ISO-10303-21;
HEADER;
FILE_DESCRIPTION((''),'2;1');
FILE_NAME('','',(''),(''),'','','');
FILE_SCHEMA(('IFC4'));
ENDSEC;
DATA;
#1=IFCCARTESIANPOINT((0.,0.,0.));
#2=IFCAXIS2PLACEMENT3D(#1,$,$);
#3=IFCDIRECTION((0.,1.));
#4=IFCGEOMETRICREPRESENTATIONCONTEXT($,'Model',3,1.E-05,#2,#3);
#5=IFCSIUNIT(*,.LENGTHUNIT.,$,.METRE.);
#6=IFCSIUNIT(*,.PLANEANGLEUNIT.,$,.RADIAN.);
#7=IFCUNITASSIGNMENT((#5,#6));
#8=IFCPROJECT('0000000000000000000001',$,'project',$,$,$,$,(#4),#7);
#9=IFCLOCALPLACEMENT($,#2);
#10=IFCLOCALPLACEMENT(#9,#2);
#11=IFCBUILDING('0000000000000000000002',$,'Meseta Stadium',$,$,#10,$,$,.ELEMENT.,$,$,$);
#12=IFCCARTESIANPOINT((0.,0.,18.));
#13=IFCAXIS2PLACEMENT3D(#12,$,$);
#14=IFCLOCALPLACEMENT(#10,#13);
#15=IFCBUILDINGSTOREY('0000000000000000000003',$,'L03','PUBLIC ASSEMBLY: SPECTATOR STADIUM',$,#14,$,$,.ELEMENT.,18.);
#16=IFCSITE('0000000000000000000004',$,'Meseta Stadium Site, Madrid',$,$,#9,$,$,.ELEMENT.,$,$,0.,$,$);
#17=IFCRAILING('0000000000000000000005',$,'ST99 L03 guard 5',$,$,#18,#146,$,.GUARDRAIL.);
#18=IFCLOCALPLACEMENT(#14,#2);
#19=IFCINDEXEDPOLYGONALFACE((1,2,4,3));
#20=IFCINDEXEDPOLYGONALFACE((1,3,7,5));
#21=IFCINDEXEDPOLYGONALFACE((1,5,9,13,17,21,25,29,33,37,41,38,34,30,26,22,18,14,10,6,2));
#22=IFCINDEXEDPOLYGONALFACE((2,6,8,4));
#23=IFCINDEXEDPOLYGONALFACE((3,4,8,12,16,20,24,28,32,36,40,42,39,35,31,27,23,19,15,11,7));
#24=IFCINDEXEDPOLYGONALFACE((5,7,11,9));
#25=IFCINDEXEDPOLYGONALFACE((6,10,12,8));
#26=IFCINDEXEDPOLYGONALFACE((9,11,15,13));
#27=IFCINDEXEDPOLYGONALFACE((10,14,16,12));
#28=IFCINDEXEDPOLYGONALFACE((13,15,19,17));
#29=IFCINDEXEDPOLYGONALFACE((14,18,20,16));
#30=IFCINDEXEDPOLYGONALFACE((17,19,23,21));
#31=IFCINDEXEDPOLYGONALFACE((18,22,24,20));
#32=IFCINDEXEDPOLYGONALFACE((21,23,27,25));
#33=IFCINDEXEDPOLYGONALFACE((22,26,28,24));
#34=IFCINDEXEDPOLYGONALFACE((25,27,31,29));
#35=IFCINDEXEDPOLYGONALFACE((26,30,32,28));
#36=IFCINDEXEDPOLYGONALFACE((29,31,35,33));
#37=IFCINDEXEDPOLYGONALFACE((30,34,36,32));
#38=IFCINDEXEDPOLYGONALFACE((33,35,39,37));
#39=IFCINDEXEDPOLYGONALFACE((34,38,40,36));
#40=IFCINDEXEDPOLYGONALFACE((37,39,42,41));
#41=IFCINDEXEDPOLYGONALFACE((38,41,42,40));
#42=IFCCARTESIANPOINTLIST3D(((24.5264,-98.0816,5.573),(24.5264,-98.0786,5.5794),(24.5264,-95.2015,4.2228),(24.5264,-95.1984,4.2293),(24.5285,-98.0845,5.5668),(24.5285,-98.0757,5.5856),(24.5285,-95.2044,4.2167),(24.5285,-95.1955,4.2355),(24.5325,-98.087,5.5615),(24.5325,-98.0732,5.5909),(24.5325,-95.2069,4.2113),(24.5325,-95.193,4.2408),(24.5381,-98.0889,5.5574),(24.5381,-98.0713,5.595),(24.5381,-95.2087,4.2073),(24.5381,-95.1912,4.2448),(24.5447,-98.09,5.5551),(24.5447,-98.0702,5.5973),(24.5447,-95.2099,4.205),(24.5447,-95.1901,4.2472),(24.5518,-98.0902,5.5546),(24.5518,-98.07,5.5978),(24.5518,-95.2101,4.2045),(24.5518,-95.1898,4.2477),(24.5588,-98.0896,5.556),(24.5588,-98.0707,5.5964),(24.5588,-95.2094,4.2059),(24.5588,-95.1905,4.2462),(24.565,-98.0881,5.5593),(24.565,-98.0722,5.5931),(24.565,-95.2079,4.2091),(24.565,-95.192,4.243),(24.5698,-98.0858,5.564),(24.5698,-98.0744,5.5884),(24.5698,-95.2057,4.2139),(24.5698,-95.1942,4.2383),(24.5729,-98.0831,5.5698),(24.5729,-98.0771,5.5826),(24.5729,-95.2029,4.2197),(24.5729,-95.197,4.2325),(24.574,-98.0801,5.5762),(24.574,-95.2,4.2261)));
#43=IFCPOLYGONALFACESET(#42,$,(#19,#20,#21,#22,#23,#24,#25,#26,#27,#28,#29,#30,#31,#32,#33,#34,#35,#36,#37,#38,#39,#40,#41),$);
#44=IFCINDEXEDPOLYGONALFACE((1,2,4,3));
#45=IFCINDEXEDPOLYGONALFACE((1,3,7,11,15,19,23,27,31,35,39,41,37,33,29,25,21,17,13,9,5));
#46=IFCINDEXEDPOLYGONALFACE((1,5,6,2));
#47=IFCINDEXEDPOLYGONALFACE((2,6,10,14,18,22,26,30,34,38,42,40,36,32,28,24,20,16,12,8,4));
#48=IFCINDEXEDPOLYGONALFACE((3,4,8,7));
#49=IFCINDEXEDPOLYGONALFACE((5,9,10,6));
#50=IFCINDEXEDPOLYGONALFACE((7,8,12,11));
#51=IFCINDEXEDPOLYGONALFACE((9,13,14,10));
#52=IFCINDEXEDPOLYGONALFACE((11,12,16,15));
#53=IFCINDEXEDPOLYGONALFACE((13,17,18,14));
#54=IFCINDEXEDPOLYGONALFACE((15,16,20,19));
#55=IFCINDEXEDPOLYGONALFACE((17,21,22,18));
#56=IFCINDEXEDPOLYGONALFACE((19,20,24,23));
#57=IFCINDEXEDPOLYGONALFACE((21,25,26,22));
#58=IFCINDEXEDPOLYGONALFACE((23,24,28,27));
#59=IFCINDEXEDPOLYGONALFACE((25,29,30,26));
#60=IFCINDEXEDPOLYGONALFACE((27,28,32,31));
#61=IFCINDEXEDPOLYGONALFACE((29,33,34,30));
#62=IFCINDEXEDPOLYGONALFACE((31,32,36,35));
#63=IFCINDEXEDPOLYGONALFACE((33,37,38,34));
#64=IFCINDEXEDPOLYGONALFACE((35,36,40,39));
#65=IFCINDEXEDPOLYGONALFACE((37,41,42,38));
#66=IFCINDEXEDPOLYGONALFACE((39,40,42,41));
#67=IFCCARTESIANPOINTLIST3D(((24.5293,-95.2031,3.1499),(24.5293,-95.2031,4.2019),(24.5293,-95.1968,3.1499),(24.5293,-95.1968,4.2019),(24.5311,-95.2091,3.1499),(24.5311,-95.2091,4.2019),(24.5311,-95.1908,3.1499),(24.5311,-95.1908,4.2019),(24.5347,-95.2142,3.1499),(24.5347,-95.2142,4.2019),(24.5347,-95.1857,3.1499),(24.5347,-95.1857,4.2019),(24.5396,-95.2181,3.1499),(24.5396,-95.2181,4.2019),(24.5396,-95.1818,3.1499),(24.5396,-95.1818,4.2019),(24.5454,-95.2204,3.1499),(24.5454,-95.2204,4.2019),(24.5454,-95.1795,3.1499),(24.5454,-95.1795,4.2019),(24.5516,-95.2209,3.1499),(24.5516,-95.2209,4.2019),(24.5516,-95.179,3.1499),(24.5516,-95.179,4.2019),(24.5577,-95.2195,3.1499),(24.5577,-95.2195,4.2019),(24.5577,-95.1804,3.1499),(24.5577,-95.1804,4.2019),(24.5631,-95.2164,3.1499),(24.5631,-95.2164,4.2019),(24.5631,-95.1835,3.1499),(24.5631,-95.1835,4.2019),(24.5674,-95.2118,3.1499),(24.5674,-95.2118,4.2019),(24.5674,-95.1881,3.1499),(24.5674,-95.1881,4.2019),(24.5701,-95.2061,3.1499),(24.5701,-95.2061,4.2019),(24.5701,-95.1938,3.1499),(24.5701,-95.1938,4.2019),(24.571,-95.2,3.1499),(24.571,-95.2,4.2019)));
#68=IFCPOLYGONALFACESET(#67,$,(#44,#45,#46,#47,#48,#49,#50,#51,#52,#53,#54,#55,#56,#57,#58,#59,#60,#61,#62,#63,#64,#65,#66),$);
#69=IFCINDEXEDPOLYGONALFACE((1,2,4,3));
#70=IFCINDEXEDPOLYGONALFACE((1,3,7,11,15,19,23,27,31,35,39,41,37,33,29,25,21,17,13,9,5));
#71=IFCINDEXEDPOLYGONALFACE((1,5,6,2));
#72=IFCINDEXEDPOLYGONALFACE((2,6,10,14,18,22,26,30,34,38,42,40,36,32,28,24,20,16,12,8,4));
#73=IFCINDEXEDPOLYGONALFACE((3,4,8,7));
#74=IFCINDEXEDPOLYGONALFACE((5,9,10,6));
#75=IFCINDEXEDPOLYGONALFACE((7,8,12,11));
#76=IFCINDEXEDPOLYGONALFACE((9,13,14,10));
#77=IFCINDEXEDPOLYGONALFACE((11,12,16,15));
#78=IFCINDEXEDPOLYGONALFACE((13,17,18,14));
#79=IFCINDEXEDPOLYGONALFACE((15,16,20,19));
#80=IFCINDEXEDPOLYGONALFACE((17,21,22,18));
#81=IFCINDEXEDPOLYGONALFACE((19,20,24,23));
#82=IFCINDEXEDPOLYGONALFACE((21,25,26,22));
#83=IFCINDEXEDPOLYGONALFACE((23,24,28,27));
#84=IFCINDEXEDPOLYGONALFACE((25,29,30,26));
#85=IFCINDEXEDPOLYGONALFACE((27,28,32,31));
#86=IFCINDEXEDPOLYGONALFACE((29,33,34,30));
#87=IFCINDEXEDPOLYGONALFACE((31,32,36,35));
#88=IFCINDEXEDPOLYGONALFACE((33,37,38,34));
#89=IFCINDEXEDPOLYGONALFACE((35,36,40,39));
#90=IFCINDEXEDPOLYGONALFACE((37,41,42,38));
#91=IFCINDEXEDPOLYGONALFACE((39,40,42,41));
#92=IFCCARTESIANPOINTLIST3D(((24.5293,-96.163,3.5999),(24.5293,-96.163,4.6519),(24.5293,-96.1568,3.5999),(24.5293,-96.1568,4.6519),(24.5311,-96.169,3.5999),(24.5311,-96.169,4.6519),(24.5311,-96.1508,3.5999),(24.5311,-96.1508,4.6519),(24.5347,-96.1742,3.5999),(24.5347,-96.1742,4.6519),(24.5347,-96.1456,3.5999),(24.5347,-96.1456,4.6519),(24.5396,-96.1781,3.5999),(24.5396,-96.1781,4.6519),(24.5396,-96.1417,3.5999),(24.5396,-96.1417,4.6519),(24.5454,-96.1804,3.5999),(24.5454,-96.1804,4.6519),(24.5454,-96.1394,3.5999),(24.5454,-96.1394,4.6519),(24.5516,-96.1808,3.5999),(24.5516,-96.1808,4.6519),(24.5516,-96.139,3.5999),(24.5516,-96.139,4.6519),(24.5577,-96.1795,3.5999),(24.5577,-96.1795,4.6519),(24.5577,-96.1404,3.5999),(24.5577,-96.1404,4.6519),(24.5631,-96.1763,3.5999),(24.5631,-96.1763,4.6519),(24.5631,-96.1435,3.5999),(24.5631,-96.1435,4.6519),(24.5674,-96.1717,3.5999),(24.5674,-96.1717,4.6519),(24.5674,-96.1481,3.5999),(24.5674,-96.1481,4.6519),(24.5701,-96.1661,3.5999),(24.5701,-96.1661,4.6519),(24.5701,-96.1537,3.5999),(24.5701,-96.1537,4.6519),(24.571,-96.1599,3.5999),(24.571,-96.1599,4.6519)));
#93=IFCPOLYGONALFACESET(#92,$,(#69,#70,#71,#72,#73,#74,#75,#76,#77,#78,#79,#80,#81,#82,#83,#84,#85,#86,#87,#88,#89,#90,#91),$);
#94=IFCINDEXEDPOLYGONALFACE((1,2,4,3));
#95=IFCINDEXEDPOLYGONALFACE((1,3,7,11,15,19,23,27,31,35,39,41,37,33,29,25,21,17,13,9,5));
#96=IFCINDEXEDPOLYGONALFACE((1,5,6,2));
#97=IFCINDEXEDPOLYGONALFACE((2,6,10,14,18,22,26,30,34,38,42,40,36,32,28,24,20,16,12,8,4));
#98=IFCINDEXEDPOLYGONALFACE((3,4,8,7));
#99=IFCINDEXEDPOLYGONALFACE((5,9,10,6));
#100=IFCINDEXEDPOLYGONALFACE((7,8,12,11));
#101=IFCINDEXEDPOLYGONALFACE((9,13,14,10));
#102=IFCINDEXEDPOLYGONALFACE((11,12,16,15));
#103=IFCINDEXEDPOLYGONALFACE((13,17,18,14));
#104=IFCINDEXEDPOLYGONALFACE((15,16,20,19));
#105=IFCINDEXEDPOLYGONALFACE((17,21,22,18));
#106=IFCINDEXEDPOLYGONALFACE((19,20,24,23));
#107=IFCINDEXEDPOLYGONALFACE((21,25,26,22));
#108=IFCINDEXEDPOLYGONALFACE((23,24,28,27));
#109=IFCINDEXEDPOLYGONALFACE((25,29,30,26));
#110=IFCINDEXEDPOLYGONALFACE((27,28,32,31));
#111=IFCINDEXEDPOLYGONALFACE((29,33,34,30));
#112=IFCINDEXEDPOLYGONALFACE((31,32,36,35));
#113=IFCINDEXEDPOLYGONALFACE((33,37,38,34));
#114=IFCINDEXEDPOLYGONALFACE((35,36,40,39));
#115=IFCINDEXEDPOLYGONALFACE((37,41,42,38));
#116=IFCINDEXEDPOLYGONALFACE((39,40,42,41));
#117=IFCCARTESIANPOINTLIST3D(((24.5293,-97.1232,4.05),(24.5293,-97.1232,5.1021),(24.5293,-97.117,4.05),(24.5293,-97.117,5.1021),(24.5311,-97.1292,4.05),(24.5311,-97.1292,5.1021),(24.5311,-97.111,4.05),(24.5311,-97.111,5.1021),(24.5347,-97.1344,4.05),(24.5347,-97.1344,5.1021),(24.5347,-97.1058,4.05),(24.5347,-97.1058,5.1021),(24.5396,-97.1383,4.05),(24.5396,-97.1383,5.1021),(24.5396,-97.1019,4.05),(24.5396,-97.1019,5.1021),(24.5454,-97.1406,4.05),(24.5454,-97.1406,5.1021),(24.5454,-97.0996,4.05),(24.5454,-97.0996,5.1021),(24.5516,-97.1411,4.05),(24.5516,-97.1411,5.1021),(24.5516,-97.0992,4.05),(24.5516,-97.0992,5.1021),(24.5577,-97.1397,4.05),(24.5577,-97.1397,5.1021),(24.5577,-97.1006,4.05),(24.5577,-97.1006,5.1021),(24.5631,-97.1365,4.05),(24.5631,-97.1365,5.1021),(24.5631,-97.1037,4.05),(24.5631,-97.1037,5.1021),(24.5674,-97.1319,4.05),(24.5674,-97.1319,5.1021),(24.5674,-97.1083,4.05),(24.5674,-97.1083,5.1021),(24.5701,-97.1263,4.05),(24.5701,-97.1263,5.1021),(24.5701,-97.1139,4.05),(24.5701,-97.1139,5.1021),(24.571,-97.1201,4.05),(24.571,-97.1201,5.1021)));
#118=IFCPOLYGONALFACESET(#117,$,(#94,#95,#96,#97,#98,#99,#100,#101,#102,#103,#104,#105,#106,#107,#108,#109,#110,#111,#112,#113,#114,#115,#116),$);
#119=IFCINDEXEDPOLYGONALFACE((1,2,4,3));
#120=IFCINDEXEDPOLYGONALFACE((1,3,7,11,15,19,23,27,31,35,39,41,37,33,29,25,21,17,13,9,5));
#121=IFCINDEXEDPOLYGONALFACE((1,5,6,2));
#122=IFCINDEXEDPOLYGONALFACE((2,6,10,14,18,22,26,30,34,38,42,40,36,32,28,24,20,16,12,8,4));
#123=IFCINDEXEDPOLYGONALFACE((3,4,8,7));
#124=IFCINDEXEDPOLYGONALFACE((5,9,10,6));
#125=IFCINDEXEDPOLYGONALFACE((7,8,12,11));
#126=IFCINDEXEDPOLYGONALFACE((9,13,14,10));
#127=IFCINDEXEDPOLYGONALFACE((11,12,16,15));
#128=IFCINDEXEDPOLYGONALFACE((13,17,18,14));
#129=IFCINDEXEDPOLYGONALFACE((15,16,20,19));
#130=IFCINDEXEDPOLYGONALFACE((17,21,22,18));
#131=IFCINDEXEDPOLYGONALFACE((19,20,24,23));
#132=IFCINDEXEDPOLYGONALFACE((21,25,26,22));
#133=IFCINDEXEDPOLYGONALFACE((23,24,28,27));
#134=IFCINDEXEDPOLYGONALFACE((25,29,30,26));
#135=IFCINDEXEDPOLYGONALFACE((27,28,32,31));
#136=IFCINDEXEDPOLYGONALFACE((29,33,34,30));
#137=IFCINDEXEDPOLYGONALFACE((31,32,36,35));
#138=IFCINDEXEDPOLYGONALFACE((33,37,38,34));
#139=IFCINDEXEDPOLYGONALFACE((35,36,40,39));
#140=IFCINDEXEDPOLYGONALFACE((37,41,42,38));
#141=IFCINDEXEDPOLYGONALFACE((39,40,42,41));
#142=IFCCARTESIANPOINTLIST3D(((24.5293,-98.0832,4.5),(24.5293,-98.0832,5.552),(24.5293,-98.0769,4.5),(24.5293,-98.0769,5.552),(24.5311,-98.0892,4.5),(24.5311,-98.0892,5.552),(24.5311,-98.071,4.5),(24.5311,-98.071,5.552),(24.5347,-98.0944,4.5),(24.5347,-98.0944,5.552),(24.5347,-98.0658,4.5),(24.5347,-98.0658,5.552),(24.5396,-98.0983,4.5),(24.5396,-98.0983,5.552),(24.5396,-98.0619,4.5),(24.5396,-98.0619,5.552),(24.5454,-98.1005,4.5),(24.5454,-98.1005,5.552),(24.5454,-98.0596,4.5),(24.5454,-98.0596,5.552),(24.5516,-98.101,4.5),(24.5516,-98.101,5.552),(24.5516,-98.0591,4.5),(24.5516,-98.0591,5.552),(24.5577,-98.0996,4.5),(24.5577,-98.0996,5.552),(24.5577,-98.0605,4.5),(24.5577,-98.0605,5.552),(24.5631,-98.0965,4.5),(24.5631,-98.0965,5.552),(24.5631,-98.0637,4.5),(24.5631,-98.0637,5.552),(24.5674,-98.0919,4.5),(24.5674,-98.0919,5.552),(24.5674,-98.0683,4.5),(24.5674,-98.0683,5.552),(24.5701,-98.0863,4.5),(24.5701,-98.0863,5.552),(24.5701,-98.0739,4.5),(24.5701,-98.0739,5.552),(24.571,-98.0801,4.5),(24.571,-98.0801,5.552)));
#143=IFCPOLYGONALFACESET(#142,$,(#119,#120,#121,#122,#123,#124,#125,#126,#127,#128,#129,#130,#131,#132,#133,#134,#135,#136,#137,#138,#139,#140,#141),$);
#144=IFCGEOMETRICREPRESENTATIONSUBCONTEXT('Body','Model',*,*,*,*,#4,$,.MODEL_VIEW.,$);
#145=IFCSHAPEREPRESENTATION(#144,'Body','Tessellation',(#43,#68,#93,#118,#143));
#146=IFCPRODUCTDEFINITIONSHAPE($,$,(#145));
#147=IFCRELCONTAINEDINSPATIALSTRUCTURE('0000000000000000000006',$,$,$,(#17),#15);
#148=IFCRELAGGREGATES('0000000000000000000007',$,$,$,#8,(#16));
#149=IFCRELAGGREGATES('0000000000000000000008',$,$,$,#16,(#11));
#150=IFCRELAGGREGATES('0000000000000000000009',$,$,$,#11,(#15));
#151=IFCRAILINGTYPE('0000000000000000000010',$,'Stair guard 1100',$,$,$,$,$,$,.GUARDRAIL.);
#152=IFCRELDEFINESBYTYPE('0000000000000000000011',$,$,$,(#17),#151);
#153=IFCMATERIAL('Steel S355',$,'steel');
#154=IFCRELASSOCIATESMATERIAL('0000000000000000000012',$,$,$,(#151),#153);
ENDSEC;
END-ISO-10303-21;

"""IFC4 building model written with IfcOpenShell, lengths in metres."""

from ifc_helpers import new_model, si_unit, direction, frame, origin, origin_2d, place, context, subcontext, project, spatial, circle, extrude, material, type_object, element, save


model = new_model("IFC4")

# Units and contexts
model_context = context("Model", 3, precision=1e-05, world=origin(), true_north=direction((0.0, 1.0)))
body_context = subcontext(model_context, "Body", "Model", "MODEL_VIEW")
ifc_project = project(units=[si_unit("LENGTHUNIT", "METRE"), si_unit("PLANEANGLEUNIT", "RADIAN")], contexts=[model_context])

# Site, building, storey
site_placement = place(None, origin())
site = spatial("IfcSite", under=ifc_project, at=site_placement, Name="Meseta Stadium Site, Madrid", CompositionType="ELEMENT", RefElevation=0.0)
building_placement = place(site_placement, origin())
building = spatial("IfcBuilding", under=site, at=building_placement, Name="Meseta Stadium", CompositionType="ELEMENT")
storey_placement = place(building_placement, frame((0.0, 0.0, 18.0)))
storey = spatial("IfcBuildingStorey", under=building, at=storey_placement, Name="L03", Description="PUBLIC ASSEMBLY: SPECTATOR STADIUM", CompositionType="ELEMENT", Elevation=18.0)

# Railing
ifc_material_1 = material(Name="Steel S355", Category="steel")
railing_type_1 = type_object("IfcRailingType", Name="Stair guard 1100", PredefinedType="GUARDRAIL", material=ifc_material_1)
railing_1_placement = place(storey_placement, frame((24.55, -95.2, 3.1499)))
element("IfcRailing", 1, at=railing_1_placement, inside=storey, type_object=railing_type_1, Name="ST99 L03 guard 5", PredefinedType="GUARDRAIL", context=body_context, shape_type="SweptSolid", body=[
    extrude(circle(Radius=0.0239, at=origin_2d()), frame((0.0, 0.0, 1.0762), z_axis=(0.0, -0.905454, 0.424444), x_axis=(1.0, 0.0, 0.0)), (0.0, 0.0, 1.0), 3.1809),
    extrude(circle(Radius=0.021, at=origin_2d()), origin(), (0.0, 0.0, 1.0), 1.052),
    extrude(circle(Radius=0.021, at=origin_2d()), frame((0.0, -0.96, 0.45)), (0.0, 0.0, 1.0), 1.052),
    extrude(circle(Radius=0.021, at=origin_2d()), frame((0.0, -1.9202, 0.9001)), (0.0, 0.0, 1.0), 1.052),
    extrude(circle(Radius=0.021, at=origin_2d()), frame((0.0, -2.8801, 1.3501)), (0.0, 0.0, 1.0), 1.052),
])

save(model, "model.ifc")
